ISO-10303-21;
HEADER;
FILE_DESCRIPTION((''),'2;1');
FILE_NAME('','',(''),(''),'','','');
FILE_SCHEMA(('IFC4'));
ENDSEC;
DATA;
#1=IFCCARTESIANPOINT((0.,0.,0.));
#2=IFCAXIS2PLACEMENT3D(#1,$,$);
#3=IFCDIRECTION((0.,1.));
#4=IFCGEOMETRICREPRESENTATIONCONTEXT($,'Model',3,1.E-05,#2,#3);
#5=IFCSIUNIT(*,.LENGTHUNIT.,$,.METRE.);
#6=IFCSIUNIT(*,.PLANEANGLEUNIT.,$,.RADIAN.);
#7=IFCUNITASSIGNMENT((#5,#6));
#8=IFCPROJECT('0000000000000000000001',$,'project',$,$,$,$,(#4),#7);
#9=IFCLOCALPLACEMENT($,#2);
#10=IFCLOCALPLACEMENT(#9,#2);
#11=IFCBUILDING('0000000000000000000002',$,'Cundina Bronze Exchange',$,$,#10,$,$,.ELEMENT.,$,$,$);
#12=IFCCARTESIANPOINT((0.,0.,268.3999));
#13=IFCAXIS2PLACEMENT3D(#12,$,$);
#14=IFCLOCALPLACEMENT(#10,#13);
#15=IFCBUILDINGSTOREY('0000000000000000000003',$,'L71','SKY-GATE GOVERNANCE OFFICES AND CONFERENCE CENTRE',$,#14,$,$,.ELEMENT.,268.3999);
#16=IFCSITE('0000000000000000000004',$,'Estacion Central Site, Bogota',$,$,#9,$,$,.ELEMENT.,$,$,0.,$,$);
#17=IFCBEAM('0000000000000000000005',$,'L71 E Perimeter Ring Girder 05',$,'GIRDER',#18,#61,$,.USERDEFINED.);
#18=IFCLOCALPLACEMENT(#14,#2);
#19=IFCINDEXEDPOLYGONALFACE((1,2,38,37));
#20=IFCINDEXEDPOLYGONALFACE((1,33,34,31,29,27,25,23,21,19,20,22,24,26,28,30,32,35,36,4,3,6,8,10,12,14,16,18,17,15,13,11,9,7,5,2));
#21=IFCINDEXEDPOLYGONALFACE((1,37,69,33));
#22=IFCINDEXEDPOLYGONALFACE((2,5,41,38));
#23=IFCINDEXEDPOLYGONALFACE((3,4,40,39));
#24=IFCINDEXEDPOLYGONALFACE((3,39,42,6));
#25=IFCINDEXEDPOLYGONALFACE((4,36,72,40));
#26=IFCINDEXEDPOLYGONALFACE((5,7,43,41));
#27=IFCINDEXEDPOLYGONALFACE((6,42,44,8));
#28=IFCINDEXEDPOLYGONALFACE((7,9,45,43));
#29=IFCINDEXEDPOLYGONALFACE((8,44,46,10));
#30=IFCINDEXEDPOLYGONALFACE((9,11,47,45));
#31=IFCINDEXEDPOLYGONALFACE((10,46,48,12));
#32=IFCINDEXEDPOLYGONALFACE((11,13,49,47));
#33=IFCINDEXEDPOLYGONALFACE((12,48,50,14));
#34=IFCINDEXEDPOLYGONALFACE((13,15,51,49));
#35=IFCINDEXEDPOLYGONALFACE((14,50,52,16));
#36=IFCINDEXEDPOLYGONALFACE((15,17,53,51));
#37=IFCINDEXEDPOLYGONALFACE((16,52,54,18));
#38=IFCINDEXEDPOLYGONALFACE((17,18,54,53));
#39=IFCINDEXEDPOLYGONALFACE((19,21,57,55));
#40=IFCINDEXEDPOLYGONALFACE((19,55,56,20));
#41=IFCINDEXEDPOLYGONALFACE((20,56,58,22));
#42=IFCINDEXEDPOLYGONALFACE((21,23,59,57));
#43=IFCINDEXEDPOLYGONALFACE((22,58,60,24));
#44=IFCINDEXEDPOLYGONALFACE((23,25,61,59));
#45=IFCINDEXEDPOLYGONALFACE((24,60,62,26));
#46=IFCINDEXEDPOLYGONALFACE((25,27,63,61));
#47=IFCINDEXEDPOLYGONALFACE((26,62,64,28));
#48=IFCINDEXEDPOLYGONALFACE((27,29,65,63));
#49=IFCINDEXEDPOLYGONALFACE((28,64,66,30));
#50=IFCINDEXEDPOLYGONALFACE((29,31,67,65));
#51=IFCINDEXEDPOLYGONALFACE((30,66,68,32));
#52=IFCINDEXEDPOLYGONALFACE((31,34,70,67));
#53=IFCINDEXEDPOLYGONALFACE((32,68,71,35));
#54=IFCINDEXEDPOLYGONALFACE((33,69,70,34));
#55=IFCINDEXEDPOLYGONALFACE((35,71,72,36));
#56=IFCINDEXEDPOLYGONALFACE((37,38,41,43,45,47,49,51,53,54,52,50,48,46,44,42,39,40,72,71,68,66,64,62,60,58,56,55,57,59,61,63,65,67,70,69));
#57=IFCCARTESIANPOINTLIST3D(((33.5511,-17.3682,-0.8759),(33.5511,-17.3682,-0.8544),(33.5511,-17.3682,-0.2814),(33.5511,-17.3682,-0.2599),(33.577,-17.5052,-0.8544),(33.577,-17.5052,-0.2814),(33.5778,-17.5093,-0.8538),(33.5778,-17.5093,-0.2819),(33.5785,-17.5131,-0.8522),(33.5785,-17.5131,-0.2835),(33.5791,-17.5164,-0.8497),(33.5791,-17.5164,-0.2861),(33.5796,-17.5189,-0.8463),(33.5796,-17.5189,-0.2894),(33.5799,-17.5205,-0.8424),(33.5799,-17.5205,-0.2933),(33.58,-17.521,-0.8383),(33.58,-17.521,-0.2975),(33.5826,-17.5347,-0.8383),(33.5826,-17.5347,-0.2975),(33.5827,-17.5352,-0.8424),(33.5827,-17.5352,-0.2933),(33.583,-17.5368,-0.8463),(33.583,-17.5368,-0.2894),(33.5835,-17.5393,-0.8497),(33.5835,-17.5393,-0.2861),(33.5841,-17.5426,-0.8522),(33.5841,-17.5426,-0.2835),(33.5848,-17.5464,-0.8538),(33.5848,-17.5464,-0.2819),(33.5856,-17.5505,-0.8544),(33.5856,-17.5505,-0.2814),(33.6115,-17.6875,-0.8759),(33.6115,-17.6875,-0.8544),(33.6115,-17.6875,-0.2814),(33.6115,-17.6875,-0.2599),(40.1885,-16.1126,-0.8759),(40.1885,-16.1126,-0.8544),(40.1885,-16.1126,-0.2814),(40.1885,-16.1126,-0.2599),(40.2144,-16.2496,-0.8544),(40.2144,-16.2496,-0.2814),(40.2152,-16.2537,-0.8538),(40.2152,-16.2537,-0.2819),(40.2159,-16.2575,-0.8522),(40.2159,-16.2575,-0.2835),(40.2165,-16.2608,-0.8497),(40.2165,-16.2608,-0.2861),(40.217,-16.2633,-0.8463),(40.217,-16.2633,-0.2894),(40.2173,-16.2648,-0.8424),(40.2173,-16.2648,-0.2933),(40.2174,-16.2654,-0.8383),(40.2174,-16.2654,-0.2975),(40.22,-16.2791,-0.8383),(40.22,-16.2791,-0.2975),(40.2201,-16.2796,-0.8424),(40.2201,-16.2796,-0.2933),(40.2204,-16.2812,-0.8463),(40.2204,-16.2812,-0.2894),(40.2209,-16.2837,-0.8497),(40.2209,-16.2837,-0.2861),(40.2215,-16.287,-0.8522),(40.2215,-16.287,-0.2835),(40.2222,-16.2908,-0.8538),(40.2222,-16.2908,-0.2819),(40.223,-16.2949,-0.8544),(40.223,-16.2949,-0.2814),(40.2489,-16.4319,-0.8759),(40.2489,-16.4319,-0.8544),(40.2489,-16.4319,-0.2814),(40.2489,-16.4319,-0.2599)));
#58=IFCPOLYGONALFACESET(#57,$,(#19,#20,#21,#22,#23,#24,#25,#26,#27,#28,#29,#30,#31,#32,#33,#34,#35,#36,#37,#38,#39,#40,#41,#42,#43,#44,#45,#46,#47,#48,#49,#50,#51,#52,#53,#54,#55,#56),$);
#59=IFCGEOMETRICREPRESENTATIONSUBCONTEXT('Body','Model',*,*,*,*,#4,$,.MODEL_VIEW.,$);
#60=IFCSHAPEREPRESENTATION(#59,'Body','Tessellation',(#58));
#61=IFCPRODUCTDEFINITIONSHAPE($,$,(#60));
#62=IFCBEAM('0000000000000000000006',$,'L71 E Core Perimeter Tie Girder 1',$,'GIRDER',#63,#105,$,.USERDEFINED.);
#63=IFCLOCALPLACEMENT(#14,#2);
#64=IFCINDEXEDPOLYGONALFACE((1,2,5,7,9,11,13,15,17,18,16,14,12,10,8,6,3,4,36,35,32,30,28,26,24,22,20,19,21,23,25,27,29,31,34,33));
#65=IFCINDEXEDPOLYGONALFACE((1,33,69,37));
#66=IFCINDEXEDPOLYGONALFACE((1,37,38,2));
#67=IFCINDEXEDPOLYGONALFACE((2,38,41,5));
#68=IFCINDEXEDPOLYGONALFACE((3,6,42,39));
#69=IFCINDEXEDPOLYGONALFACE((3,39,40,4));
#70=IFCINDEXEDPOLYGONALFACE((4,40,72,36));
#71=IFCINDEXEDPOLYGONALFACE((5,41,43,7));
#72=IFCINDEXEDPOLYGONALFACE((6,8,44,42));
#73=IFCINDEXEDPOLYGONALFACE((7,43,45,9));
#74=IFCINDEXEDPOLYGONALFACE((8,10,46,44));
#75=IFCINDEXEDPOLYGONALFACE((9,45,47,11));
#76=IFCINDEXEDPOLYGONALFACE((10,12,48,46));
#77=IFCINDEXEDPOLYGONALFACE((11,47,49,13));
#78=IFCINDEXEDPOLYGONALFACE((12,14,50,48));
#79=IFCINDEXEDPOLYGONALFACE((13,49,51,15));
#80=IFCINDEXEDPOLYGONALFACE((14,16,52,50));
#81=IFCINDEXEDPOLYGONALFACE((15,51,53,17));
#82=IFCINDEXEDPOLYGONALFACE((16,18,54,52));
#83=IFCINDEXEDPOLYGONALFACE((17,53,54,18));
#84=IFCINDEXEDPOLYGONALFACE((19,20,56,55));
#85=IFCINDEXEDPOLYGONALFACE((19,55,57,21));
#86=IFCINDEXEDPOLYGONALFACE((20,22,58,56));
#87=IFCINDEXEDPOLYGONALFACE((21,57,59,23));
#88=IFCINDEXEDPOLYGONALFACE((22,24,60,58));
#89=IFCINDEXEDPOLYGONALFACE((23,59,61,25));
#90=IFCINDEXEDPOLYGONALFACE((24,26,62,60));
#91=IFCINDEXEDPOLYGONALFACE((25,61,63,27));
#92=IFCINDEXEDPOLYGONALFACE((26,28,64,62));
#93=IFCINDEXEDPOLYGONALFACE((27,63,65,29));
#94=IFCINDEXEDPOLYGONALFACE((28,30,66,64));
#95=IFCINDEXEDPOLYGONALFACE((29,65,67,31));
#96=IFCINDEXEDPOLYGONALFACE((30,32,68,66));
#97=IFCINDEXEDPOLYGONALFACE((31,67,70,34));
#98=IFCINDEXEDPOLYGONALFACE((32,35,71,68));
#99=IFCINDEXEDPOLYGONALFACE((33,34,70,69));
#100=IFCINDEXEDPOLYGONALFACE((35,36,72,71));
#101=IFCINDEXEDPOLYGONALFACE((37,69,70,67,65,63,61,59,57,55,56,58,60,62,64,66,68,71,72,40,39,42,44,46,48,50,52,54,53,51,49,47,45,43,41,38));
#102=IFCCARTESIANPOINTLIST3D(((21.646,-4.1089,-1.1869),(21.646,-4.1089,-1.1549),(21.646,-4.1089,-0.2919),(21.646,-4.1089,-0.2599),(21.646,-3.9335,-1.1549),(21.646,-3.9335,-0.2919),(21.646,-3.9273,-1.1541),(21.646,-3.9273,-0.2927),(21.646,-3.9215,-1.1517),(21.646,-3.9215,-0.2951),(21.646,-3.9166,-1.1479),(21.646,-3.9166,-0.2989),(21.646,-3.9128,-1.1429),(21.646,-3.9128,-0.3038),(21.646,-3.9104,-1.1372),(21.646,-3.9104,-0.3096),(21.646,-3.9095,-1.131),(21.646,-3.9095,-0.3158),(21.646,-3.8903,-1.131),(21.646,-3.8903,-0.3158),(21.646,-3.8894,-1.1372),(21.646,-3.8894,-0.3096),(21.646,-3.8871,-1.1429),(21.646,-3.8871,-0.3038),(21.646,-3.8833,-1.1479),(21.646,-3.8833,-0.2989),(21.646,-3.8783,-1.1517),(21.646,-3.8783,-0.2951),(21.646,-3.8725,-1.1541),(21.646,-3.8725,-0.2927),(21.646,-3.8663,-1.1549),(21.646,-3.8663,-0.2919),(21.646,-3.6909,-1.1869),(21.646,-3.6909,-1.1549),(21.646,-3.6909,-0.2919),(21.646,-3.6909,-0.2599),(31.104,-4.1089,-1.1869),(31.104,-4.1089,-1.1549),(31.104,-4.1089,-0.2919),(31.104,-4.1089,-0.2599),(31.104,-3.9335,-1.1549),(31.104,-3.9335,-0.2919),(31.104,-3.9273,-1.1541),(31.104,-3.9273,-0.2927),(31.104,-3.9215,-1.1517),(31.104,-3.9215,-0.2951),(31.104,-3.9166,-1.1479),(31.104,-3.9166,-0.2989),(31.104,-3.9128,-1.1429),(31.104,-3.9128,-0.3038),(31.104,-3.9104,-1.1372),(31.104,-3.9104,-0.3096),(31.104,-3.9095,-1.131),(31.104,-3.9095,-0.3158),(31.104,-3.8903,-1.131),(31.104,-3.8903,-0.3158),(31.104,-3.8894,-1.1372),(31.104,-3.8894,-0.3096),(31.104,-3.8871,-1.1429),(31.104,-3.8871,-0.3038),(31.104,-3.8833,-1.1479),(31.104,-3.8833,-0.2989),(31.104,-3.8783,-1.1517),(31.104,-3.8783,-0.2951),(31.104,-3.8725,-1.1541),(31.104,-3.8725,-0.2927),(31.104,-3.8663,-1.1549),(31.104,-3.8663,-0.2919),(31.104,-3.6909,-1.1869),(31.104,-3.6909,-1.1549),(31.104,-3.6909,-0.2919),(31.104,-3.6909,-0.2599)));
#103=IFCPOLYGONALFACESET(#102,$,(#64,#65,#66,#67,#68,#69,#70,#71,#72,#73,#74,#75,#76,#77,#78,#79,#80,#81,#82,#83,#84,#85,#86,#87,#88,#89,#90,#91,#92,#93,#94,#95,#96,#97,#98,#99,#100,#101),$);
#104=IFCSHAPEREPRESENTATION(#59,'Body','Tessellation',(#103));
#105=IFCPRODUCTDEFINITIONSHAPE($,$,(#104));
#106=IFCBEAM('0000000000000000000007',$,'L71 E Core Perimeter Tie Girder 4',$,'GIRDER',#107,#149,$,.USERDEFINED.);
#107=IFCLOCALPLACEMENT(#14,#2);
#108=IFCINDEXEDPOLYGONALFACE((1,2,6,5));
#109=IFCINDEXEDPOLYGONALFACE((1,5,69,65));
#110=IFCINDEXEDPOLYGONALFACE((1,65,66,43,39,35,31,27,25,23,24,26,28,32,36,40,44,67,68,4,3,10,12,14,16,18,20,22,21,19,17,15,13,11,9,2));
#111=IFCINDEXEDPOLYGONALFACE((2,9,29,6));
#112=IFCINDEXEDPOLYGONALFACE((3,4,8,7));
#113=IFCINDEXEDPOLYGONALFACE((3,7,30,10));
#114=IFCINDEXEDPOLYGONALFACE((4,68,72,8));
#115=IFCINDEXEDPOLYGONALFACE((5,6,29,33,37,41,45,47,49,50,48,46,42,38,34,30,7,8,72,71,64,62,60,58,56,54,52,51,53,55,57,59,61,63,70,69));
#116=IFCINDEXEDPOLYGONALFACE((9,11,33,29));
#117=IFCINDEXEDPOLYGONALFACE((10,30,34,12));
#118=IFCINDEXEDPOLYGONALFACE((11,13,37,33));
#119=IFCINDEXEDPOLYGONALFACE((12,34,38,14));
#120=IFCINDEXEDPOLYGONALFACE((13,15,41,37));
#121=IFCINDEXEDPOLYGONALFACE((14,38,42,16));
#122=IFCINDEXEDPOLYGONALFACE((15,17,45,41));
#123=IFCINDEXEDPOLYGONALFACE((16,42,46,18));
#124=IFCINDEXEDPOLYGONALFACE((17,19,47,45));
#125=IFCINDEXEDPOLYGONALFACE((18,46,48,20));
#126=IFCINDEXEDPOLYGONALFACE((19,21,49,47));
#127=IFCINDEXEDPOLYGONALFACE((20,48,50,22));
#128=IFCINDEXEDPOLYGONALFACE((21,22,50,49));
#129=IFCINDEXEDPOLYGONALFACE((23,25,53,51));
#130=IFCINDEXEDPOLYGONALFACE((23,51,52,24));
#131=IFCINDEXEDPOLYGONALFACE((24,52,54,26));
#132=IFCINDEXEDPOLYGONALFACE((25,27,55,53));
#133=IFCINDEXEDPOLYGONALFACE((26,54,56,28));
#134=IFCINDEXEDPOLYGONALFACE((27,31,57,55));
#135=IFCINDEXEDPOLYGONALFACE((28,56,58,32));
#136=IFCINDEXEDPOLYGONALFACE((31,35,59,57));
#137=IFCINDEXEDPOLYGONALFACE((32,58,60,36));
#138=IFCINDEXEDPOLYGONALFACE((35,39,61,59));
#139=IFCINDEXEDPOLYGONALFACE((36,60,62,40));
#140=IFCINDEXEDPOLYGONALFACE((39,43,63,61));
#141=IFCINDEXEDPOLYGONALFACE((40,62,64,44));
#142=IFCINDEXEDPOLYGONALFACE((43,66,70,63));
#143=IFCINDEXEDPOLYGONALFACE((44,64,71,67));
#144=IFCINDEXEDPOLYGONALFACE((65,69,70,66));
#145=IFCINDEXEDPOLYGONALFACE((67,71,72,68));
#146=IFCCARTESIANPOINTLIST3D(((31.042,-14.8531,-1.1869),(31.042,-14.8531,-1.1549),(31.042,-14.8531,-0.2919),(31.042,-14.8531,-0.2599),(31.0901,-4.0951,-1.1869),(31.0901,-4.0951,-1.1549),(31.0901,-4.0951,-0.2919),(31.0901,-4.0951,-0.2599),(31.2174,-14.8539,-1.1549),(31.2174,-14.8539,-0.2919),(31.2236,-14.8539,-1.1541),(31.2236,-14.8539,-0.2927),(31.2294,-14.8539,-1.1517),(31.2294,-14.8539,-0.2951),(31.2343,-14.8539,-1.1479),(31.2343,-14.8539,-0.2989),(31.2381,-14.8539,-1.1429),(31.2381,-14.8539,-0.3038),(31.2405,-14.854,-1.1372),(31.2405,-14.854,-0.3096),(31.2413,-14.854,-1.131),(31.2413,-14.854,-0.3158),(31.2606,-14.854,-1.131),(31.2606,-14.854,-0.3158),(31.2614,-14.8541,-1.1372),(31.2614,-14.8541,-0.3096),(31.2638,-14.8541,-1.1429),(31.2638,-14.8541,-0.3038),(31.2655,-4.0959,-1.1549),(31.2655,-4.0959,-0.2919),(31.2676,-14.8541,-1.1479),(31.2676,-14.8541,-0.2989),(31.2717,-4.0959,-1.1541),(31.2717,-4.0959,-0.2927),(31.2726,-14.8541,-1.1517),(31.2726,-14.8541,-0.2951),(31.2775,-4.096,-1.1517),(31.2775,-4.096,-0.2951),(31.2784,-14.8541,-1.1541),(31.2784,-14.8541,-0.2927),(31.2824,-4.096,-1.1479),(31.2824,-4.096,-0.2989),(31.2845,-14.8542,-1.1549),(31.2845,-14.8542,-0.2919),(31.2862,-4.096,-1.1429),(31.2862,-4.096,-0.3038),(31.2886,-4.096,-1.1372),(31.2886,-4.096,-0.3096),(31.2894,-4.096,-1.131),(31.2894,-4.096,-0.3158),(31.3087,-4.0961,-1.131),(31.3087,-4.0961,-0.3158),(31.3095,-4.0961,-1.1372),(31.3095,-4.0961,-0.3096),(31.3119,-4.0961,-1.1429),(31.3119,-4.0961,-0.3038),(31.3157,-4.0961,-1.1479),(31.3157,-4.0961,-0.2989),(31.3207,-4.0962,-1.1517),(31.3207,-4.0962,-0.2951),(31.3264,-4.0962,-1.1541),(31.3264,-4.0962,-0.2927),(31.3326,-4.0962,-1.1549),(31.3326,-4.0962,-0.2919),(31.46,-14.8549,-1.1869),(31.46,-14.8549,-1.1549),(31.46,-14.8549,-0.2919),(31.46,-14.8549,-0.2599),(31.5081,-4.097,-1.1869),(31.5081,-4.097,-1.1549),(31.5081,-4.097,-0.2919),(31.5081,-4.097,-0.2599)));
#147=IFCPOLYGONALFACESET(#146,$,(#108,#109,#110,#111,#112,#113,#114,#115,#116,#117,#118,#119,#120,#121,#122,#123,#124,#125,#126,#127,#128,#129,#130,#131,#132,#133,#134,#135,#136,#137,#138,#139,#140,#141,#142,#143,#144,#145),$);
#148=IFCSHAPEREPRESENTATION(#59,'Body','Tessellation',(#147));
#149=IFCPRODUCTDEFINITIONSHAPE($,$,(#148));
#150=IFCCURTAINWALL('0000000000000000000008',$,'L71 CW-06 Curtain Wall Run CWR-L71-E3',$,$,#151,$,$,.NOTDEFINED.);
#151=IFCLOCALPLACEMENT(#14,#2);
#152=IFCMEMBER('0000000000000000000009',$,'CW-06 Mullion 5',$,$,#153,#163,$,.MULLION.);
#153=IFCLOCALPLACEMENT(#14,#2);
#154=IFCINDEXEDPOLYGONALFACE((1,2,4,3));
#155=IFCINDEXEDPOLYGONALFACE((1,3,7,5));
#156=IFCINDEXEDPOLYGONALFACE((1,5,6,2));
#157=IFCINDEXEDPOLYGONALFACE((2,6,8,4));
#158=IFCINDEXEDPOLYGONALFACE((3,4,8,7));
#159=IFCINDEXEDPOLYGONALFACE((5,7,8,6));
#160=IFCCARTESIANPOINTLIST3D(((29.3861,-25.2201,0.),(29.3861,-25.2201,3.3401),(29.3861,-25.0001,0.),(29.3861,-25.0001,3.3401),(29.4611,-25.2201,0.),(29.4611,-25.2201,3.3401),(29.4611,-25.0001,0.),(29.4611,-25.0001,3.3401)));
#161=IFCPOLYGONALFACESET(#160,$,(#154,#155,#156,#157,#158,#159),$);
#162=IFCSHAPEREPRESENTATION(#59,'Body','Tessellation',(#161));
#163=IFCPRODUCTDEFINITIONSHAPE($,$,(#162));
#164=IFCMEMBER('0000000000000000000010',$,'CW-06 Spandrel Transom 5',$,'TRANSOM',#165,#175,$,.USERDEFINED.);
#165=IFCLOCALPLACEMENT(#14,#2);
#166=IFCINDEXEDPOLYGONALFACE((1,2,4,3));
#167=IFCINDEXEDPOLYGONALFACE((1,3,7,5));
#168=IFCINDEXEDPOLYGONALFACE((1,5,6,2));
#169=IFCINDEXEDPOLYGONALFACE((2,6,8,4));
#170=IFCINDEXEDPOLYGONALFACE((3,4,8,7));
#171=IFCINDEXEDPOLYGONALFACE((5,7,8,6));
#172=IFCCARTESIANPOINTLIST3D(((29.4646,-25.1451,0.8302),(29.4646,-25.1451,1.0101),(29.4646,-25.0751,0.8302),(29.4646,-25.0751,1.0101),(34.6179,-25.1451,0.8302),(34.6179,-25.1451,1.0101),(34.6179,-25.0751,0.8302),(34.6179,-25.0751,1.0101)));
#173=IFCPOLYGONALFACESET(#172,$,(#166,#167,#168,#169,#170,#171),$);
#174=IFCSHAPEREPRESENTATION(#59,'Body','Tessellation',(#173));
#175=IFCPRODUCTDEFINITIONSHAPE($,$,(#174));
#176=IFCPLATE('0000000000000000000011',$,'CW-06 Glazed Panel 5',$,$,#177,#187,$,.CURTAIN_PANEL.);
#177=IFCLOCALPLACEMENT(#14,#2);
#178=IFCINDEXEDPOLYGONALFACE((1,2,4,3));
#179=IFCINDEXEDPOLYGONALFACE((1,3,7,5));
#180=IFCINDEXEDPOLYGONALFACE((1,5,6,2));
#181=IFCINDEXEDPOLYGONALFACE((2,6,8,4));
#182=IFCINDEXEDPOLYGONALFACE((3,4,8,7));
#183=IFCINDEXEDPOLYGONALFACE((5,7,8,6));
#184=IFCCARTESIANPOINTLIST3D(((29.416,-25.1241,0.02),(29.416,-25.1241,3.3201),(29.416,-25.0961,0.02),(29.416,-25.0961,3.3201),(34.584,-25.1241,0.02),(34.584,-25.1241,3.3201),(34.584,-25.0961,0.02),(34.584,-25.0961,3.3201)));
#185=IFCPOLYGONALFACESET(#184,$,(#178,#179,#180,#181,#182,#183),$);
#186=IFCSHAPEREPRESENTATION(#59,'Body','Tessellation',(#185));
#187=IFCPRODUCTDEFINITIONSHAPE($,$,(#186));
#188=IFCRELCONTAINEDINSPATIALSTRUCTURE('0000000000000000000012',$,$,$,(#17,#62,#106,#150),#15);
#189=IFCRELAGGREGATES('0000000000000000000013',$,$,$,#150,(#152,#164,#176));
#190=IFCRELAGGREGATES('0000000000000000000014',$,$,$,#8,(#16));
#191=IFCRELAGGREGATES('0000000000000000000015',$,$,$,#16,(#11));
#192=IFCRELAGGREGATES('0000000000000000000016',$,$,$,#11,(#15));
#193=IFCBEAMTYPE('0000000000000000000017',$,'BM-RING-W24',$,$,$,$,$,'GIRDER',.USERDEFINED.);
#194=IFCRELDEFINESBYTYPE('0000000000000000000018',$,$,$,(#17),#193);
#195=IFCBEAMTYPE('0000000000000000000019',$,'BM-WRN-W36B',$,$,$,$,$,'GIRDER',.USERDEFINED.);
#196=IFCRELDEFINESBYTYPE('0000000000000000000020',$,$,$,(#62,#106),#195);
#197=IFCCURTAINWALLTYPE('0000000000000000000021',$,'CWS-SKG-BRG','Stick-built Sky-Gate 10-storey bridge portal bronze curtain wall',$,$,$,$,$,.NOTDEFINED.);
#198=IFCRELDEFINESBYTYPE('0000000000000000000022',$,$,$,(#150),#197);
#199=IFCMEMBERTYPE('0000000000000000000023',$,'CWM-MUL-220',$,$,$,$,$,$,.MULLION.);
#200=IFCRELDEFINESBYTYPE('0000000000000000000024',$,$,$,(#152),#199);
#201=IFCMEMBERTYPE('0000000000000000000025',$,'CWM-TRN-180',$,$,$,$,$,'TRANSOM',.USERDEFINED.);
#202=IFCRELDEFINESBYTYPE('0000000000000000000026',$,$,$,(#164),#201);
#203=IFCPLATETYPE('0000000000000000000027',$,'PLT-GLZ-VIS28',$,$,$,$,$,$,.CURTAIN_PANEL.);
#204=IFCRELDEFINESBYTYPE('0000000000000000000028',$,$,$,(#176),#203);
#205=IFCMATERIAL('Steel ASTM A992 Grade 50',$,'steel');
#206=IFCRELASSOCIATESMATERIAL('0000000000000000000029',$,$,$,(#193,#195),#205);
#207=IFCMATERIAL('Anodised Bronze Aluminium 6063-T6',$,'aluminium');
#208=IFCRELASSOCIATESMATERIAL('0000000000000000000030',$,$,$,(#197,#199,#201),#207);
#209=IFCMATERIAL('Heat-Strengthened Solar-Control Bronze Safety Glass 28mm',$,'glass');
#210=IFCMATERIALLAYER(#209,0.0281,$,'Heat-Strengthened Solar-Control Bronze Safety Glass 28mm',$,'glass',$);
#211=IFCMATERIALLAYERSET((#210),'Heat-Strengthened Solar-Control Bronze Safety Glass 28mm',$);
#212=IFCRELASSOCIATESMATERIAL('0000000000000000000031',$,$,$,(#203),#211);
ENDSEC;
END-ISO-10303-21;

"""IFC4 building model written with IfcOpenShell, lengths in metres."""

from ifc_helpers import new_model, si_unit, direction, frame, origin, origin_2d, place, context, subcontext, project, spatial, rectangle, i_section, extrude, material, layer, layer_set, material_profile, profile_set, type_object, element, aggregate, save


model = new_model("IFC4")

# Units and contexts
model_context = context("Model", 3, precision=1e-05, world=origin(), true_north=direction((0.0, 1.0)))
body_context = subcontext(model_context, "Body", "Model", "MODEL_VIEW")
ifc_project = project(units=[si_unit("LENGTHUNIT", "METRE"), si_unit("PLANEANGLEUNIT", "RADIAN")], contexts=[model_context])

# Site, building, storey
site_placement = place(None, origin())
site = spatial("IfcSite", under=ifc_project, at=site_placement, Name="Estacion Central Site, Bogota", CompositionType="ELEMENT", RefElevation=0.0)
building_placement = place(site_placement, origin())
building = spatial("IfcBuilding", under=site, at=building_placement, Name="Cundina Bronze Exchange", CompositionType="ELEMENT")
storey_placement = place(building_placement, frame((0.0, 0.0, 268.3999)))
storey = spatial("IfcBuildingStorey", under=building, at=storey_placement, Name="L71", Description="SKY-GATE GOVERNANCE OFFICES AND CONFERENCE CENTRE", CompositionType="ELEMENT", Elevation=268.3999)

# Shared definitions
ifc_material_1 = material(Name="Steel ASTM A992 Grade 50", Category="steel")

# Beams
ifc_material_profile_1 = material_profile(ifc_material_1, i_section(OverallWidth=0.325, OverallDepth=0.616, WebThickness=0.0139, FlangeThickness=0.0215, FilletRadius=0.0161, at=origin_2d()), Name="W24X117", Category="steel")
ifc_profile_set_1 = profile_set([ifc_material_profile_1], Name="Steel ASTM A992 Grade 50")
beam_type_1 = type_object("IfcBeamType", Name="BM-RING-W24", ElementType="GIRDER", PredefinedType="USERDEFINED", material=ifc_profile_set_1)
beam_1_placement = place(storey_placement, frame((33.5813, -17.5278, -0.5679), z_axis=(0.982573, 0.185875, 0.0), x_axis=(-0.185875, 0.982573, 0.0)))
element("IfcBeam", 1, at=beam_1_placement, inside=storey, type_object=beam_type_1, Name="L71 E Perimeter Ring Girder 05", ObjectType="GIRDER", PredefinedType="USERDEFINED", context=body_context, shape_type="SweptSolid", body=[
    extrude(i_section(OverallWidth=0.325, OverallDepth=0.616, WebThickness=0.0139, FlangeThickness=0.0215, FilletRadius=0.0161, at=origin_2d()), origin(), (0.0, 0.0, 1.0), 6.7551),
])
ifc_material_profile_2 = material_profile(ifc_material_1, i_section(OverallWidth=0.418, OverallDepth=0.927, WebThickness=0.0193, FlangeThickness=0.032, FilletRadius=0.0239, at=origin_2d()), Name="W36X231", Category="steel")
ifc_profile_set_2 = profile_set([ifc_material_profile_2], Name="Steel ASTM A992 Grade 50")
beam_type_2 = type_object("IfcBeamType", Name="BM-WRN-W36B", ElementType="GIRDER", PredefinedType="USERDEFINED", material=ifc_profile_set_2)
beam_2_placement = place(storey_placement, frame((31.104, -3.8999, -0.7234), z_axis=(-1.0, 0.0, 0.0), x_axis=(0.0, -1.0, 0.0)))
element("IfcBeam", 2, at=beam_2_placement, inside=storey, type_object=beam_type_2, Name="L71 E Core Perimeter Tie Girder 1", ObjectType="GIRDER", PredefinedType="USERDEFINED", context=body_context, shape_type="SweptSolid", body=[
    extrude(i_section(OverallWidth=0.418, OverallDepth=0.927, WebThickness=0.0193, FlangeThickness=0.032, FilletRadius=0.0239, at=origin_2d()), origin(), (0.0, 0.0, 1.0), 9.458),
])
beam_3_placement = place(storey_placement, frame((31.251, -14.854, -0.7234), z_axis=(0.004471, 0.99999, 0.0), x_axis=(-0.99999, 0.004471, 0.0)))
element("IfcBeam", 3, at=beam_3_placement, inside=storey, type_object=beam_type_2, Name="L71 E Core Perimeter Tie Girder 4", ObjectType="GIRDER", PredefinedType="USERDEFINED", context=body_context, shape_type="SweptSolid", body=[
    extrude(i_section(OverallWidth=0.418, OverallDepth=0.927, WebThickness=0.0193, FlangeThickness=0.032, FilletRadius=0.0239, at=origin_2d()), origin(), (0.0, 0.0, 1.0), 10.7581),
])

# Curtain wall, members, plate
ifc_material_2 = material(Name="Anodised Bronze Aluminium 6063-T6", Category="aluminium")
curtain_wall_type = type_object("IfcCurtainWallType", Name="CWS-SKG-BRG", Description="Stick-built Sky-Gate 10-storey bridge portal bronze curtain wall", PredefinedType="NOTDEFINED", material=ifc_material_2)
curtain_wall_placement = place(storey_placement, origin())
curtain_wall = element("IfcCurtainWall", 4, at=curtain_wall_placement, inside=storey, type_object=curtain_wall_type, Name="L71 CW-06 Curtain Wall Run CWR-L71-E3", PredefinedType="NOTDEFINED")
ifc_material_profile_3 = material_profile(ifc_material_2, rectangle(XDim=0.075, YDim=0.22, at=origin_2d()), Name="AL75X220", Category="aluminium")
ifc_profile_set_3 = profile_set([ifc_material_profile_3], Name="Anodised Bronze Aluminium 6063-T6")
member_type_1 = type_object("IfcMemberType", Name="CWM-MUL-220", PredefinedType="MULLION", material=ifc_profile_set_3)
member_1_placement = place(storey_placement, frame((29.4236, -25.1101, 0.0), z_axis=(0.0, 0.0, 1.0), x_axis=(1.0, 0.0, 0.0)))
member_1 = element("IfcMember", 5, at=member_1_placement, type_object=member_type_1, Name="CW-06 Mullion 5", PredefinedType="MULLION", context=body_context, shape_type="SweptSolid", body=[
    extrude(rectangle(XDim=0.075, YDim=0.22, at=origin_2d()), origin(), (0.0, 0.0, 1.0), 3.3401),
])
ifc_material_profile_4 = material_profile(ifc_material_2, rectangle(XDim=0.0701, YDim=0.1799, at=origin_2d()), Name="AL70X180", Category="aluminium")
ifc_profile_set_4 = profile_set([ifc_material_profile_4], Name="Anodised Bronze Aluminium 6063-T6")
member_type_2 = type_object("IfcMemberType", Name="CWM-TRN-180", ElementType="TRANSOM", PredefinedType="USERDEFINED", material=ifc_profile_set_4)
member_2_placement = place(storey_placement, frame((29.4646, -25.1101, 0.9202), z_axis=(1.0, 0.0, 0.0), x_axis=(0.0, 1.0, 0.0)))
member_2 = element("IfcMember", 6, at=member_2_placement, type_object=member_type_2, Name="CW-06 Spandrel Transom 5", ObjectType="TRANSOM", PredefinedType="USERDEFINED", context=body_context, shape_type="SweptSolid", body=[
    extrude(rectangle(XDim=0.0701, YDim=0.1799, at=origin_2d()), origin(), (0.0, 0.0, 1.0), 5.1533),
])
ifc_material_3 = material(Name="Heat-Strengthened Solar-Control Bronze Safety Glass 28mm", Category="glass")
ifc_layer_1 = layer(ifc_material_3, 0.0281, Name="Heat-Strengthened Solar-Control Bronze Safety Glass 28mm", Category="glass")
ifc_layer_set_1 = layer_set([ifc_layer_1], Name="Heat-Strengthened Solar-Control Bronze Safety Glass 28mm")
plate_type = type_object("IfcPlateType", Name="PLT-GLZ-VIS28", PredefinedType="CURTAIN_PANEL", material=ifc_layer_set_1)
plate_placement = place(storey_placement, frame((32.0, -25.1101, 0.02), z_axis=(0.0, 0.0, 1.0), x_axis=(1.0, 0.0, 0.0)))
plate = element("IfcPlate", 7, at=plate_placement, type_object=plate_type, Name="CW-06 Glazed Panel 5", PredefinedType="CURTAIN_PANEL", context=body_context, shape_type="SweptSolid", body=[
    extrude(rectangle(XDim=5.168, YDim=0.0281, at=origin_2d()), origin(), (0.0, 0.0, 1.0), 3.3),
])
aggregate(curtain_wall, [member_1, member_2, plate])

save(model, "model.ifc")
